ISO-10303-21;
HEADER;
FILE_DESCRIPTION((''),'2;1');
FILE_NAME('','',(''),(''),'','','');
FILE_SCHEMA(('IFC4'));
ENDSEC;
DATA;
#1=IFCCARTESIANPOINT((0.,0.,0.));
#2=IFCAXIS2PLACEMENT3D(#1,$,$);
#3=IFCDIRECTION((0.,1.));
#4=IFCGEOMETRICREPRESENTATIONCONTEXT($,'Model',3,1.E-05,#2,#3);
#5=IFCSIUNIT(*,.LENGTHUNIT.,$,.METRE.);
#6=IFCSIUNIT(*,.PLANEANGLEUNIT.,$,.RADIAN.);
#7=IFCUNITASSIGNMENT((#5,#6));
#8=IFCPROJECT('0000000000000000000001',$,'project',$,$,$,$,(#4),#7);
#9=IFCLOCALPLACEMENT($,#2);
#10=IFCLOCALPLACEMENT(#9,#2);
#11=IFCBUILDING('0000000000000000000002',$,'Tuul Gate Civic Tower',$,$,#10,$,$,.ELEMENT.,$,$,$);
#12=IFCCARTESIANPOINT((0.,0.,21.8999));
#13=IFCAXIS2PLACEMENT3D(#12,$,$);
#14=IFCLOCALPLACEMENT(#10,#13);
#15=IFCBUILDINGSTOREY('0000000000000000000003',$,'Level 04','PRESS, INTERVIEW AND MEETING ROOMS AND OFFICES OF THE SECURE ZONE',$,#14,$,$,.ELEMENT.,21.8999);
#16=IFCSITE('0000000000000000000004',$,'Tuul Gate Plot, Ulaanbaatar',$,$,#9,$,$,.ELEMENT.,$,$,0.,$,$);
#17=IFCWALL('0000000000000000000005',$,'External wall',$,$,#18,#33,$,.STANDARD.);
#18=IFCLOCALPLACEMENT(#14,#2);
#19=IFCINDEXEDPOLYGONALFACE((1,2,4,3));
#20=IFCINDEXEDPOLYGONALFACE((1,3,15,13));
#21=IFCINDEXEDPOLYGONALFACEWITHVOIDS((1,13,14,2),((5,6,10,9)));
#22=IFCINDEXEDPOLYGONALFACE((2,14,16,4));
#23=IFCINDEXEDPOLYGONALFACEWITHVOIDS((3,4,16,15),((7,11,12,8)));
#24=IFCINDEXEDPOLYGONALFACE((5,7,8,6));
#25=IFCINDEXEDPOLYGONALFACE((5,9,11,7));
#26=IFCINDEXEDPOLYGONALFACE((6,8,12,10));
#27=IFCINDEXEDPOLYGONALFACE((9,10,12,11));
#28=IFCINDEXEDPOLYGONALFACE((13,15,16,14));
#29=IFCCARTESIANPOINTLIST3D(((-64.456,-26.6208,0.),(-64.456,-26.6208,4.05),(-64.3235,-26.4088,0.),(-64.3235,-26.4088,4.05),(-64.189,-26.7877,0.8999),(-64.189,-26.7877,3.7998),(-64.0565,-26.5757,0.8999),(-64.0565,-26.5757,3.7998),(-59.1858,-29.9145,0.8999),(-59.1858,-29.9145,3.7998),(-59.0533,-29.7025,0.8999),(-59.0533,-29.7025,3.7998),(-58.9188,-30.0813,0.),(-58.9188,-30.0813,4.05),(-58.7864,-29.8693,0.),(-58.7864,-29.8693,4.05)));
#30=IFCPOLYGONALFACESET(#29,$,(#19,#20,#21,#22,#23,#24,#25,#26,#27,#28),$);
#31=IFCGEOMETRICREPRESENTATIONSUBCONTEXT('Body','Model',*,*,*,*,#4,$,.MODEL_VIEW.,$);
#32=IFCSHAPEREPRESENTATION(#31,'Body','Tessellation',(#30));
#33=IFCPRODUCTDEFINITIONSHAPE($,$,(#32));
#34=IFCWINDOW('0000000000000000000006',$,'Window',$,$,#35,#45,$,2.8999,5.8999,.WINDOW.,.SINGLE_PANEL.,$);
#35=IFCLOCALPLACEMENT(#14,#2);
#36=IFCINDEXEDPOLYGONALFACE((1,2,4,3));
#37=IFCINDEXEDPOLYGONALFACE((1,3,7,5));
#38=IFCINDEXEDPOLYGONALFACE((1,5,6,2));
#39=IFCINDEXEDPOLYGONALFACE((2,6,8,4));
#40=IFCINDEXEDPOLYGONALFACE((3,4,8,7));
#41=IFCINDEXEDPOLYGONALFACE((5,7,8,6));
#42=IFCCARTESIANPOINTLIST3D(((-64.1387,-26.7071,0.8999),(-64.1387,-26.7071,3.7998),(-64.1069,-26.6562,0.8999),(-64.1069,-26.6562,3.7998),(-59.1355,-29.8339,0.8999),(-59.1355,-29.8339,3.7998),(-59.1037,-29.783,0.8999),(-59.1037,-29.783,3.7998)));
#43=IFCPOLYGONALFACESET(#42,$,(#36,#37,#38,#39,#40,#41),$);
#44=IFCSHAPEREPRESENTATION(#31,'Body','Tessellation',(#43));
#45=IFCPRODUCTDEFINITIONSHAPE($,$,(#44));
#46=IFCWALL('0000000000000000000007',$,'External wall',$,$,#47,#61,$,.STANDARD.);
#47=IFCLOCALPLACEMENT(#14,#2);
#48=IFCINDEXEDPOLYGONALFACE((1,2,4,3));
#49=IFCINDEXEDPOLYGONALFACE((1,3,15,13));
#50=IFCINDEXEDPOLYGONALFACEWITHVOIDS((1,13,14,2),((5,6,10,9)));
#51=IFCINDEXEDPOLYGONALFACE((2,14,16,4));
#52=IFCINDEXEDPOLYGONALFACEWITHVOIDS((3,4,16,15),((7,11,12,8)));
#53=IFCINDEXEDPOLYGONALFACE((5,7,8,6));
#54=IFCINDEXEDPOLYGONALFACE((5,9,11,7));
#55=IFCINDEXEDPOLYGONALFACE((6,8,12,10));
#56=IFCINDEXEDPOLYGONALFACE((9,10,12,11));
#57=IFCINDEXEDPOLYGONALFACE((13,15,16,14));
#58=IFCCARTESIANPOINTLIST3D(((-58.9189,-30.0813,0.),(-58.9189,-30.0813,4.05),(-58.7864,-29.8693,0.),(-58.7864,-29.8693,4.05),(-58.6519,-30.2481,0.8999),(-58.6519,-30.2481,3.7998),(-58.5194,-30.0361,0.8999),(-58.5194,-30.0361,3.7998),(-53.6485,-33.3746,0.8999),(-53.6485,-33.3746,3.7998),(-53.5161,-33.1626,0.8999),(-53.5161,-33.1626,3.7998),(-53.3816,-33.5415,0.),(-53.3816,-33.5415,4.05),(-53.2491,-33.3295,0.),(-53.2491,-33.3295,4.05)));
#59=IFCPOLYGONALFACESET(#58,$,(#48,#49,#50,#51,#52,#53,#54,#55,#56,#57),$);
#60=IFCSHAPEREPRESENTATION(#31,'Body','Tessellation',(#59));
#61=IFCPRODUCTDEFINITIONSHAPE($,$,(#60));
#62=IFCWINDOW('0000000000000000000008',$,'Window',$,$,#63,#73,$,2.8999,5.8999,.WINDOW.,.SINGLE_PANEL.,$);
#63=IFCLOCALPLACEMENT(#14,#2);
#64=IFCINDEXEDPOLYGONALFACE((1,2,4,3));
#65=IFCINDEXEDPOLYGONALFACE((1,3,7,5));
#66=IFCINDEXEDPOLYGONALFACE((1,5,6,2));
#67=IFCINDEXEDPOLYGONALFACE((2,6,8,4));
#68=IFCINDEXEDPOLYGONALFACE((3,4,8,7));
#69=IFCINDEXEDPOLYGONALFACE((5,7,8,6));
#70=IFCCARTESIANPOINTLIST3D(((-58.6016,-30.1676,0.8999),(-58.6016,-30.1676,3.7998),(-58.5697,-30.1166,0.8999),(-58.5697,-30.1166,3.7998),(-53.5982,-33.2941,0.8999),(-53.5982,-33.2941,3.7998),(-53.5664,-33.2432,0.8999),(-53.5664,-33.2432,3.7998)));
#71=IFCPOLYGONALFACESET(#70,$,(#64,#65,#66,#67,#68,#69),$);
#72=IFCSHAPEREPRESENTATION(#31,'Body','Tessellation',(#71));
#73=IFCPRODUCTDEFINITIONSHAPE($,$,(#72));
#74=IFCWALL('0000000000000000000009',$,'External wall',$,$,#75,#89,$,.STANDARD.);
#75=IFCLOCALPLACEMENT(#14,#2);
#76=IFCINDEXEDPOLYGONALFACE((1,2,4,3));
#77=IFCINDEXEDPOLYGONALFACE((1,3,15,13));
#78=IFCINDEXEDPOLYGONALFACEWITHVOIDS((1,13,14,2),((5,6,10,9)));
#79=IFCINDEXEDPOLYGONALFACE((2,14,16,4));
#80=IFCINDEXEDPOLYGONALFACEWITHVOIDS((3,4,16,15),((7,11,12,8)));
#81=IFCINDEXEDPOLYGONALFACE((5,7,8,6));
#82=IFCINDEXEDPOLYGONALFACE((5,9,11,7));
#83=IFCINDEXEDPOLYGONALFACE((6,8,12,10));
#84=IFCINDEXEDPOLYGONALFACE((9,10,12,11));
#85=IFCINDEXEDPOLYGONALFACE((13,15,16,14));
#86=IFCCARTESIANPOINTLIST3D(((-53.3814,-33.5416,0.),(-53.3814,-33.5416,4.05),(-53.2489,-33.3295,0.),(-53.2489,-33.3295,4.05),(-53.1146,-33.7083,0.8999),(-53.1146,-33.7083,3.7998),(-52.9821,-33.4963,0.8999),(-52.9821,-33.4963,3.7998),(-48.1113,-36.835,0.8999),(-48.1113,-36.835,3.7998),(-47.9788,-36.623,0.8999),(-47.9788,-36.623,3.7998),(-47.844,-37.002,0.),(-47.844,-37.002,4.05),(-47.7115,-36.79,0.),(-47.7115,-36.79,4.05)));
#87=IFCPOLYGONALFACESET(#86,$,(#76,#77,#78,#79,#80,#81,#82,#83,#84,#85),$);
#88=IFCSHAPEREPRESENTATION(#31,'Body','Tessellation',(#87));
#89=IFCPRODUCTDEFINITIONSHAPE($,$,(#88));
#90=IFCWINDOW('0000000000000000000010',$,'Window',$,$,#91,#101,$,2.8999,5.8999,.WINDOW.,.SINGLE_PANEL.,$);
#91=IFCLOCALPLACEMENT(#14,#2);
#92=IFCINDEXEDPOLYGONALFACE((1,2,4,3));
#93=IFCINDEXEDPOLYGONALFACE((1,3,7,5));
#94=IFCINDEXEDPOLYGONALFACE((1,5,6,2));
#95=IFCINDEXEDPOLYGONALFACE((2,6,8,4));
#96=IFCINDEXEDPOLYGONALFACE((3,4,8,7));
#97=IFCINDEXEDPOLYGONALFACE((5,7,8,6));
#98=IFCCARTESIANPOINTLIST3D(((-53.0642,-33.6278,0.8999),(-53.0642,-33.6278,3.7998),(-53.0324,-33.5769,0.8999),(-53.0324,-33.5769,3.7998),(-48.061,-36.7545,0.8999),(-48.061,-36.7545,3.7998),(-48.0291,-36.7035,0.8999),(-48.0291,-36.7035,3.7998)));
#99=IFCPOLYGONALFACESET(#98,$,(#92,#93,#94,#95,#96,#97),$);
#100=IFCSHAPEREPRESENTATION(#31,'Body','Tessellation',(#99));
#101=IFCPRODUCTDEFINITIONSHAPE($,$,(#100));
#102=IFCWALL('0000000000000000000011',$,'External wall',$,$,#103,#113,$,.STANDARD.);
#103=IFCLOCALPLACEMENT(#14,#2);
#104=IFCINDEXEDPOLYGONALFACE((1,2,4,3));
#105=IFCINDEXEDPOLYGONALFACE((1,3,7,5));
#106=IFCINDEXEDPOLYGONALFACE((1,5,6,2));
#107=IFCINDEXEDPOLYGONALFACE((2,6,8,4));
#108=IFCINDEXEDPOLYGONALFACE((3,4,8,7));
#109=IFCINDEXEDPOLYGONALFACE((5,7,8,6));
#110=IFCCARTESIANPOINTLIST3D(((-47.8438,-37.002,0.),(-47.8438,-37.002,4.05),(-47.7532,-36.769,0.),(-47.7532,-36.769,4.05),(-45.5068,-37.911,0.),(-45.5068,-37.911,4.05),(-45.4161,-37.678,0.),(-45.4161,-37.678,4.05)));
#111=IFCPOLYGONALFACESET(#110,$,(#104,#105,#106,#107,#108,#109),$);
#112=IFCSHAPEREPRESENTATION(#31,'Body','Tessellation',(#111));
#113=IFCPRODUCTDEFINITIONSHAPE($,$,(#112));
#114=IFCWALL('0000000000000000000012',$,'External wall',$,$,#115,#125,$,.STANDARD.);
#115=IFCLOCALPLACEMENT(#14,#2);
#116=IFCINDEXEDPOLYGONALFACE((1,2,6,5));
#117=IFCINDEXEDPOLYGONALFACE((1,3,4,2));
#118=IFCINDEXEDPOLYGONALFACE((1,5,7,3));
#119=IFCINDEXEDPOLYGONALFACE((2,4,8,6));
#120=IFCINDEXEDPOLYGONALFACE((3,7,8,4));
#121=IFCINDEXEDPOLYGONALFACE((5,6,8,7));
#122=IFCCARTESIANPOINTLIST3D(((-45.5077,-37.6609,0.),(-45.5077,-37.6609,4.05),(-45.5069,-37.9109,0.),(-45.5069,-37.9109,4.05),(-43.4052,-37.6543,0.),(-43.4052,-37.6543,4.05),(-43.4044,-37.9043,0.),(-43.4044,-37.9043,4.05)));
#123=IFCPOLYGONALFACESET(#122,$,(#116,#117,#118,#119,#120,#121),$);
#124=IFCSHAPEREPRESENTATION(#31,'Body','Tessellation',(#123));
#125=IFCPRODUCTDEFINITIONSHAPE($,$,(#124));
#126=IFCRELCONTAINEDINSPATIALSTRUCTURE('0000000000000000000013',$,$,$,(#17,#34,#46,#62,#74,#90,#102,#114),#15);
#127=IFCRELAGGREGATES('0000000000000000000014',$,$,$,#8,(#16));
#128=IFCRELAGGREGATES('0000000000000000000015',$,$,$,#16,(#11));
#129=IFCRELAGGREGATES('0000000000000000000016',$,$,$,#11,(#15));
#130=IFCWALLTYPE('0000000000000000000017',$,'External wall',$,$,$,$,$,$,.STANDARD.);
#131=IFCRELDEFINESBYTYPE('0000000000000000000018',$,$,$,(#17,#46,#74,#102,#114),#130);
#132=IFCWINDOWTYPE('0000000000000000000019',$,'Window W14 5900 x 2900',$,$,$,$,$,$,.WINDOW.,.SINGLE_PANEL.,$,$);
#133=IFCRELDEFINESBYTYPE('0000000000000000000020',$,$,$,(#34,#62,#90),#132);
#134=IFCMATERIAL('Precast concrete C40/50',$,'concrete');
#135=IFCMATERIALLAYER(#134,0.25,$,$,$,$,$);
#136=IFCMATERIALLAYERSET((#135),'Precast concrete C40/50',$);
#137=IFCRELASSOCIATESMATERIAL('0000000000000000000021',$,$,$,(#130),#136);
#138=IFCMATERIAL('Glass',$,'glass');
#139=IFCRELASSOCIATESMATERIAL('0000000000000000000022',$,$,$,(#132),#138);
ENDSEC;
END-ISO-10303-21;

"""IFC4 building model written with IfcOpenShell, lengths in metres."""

from ifc_helpers import new_model, si_unit, direction, frame, frame_2d, origin, place, context, subcontext, project, spatial, rectangle, extrude, material, layer, layer_set, type_object, element, fill, save


model = new_model("IFC4")

# Units and contexts
model_context = context("Model", 3, precision=1e-05, world=origin(), true_north=direction((0.0, 1.0)))
body_context = subcontext(model_context, "Body", "Model", "MODEL_VIEW")
ifc_project = project(units=[si_unit("LENGTHUNIT", "METRE"), si_unit("PLANEANGLEUNIT", "RADIAN")], contexts=[model_context])

# Site, building, storey
site_placement = place(None, origin())
site = spatial("IfcSite", under=ifc_project, at=site_placement, Name="Tuul Gate Plot, Ulaanbaatar", CompositionType="ELEMENT", RefElevation=0.0)
building_placement = place(site_placement, origin())
building = spatial("IfcBuilding", under=site, at=building_placement, Name="Tuul Gate Civic Tower", CompositionType="ELEMENT")
storey_placement = place(building_placement, frame((0.0, 0.0, 21.8999)))
storey = spatial("IfcBuildingStorey", under=building, at=storey_placement, Name="Level 04", Description="PRESS, INTERVIEW AND MEETING ROOMS AND OFFICES OF THE SECURE ZONE", CompositionType="ELEMENT", Elevation=21.8999)

# Walls, openings, windows
ifc_material_1 = material(Name="Precast concrete C40/50", Category="concrete")
ifc_layer = layer(ifc_material_1, 0.25)
ifc_layer_set = layer_set([ifc_layer], Name="Precast concrete C40/50")
wall_type = type_object("IfcWallType", Name="External wall", PredefinedType="STANDARD", material=ifc_layer_set)
wall_1_placement = place(storey_placement, frame((-64.3896, -26.5149, 0.0), z_axis=(0.0, 0.0, 1.0), x_axis=(0.848015, -0.529972, 0.0)))
wall_1 = element("IfcWall", 1, at=wall_1_placement, inside=storey, type_object=wall_type, Name="External wall", PredefinedType="STANDARD", context=body_context, shape_type="SweptSolid", body=[
    extrude(rectangle(XDim=6.5295, YDim=0.25, at=frame_2d((3.2646, 0.0))), origin(), (0.0, 0.0, 1.0), 4.05),
])
opening_1_placement = place(wall_1_placement, frame((0.3147, 0.0, 0.8999)))
opening_1 = element("IfcOpeningElement", 2, at=opening_1_placement, cuts=wall_1, PredefinedType="OPENING", context=body_context, shape_type="SweptSolid", body=[
    extrude(rectangle(XDim=5.8999, YDim=2.8999, at=frame_2d((2.95, 1.45))), frame((0.0, 0.135, 0.0), z_axis=(0.0, -1.0, 0.0), x_axis=(1.0, 0.0, 0.0)), (0.0, 0.0, 1.0), 0.27),
])
ifc_material_2 = material(Name="Glass", Category="glass")
window_type_1 = type_object("IfcWindowType", Name="Window W14 5900 x 2900", PartitioningType="SINGLE_PANEL", PredefinedType="WINDOW", material=ifc_material_2)
window_1_placement = place(opening_1_placement, origin())
window_1 = element("IfcWindow", 3, at=window_1_placement, inside=storey, type_object=window_type_1, Name="Window", OverallHeight=2.8999, OverallWidth=5.8999, PartitioningType="SINGLE_PANEL", PredefinedType="WINDOW", context=body_context, shape_type="SweptSolid", body=[
    extrude(rectangle(XDim=5.8999, YDim=2.8999, at=frame_2d((2.95, 1.45))), frame((0.0, 0.03, 0.0), z_axis=(0.0, -1.0, 0.0), x_axis=(1.0, 0.0, 0.0)), (0.0, 0.0, 1.0), 0.0601),
])
fill(opening_1, window_1)
wall_2_placement = place(storey_placement, frame((-58.8525, -29.9753, 0.0), z_axis=(0.0, 0.0, 1.0), x_axis=(0.848042, -0.529928, 0.0)))
wall_2 = element("IfcWall", 4, at=wall_2_placement, inside=storey, type_object=wall_type, Name="External wall", PredefinedType="STANDARD", context=body_context, shape_type="SweptSolid", body=[
    extrude(rectangle(XDim=6.5295, YDim=0.25, at=frame_2d((3.2646, 0.0))), origin(), (0.0, 0.0, 1.0), 4.05),
])
opening_2_placement = place(wall_2_placement, frame((0.3147, 0.0, 0.8999)))
opening_2 = element("IfcOpeningElement", 5, at=opening_2_placement, cuts=wall_2, PredefinedType="OPENING", context=body_context, shape_type="SweptSolid", body=[
    extrude(rectangle(XDim=5.8999, YDim=2.8999, at=frame_2d((2.95, 1.45))), frame((0.0, 0.135, 0.0), z_axis=(0.0, -1.0, 0.0), x_axis=(1.0, 0.0, 0.0)), (0.0, 0.0, 1.0), 0.27),
])
window_2_placement = place(opening_2_placement, origin())
window_2 = element("IfcWindow", 6, at=window_2_placement, inside=storey, type_object=window_type_1, Name="Window", OverallHeight=2.8999, OverallWidth=5.8999, PartitioningType="SINGLE_PANEL", PredefinedType="WINDOW", context=body_context, shape_type="SweptSolid", body=[
    extrude(rectangle(XDim=5.8999, YDim=2.8999, at=frame_2d((2.95, 1.45))), frame((0.0, 0.03, 0.0), z_axis=(0.0, -1.0, 0.0), x_axis=(1.0, 0.0, 0.0)), (0.0, 0.0, 1.0), 0.0601),
])
fill(opening_2, window_2)
wall_3_placement = place(storey_placement, frame((-53.3152, -33.4355, 0.0), z_axis=(0.0, 0.0, 1.0), x_axis=(0.848026, -0.529955, 0.0)))
wall_3 = element("IfcWall", 7, at=wall_3_placement, inside=storey, type_object=wall_type, Name="External wall", PredefinedType="STANDARD", context=body_context, shape_type="SweptSolid", body=[
    extrude(rectangle(XDim=6.5298, YDim=0.25, at=frame_2d((3.2649, 0.0))), origin(), (0.0, 0.0, 1.0), 4.05),
])
opening_3_placement = place(wall_3_placement, frame((0.3147, 0.0, 0.8999)))
opening_3 = element("IfcOpeningElement", 8, at=opening_3_placement, cuts=wall_3, PredefinedType="OPENING", context=body_context, shape_type="SweptSolid", body=[
    extrude(rectangle(XDim=5.8999, YDim=2.8999, at=frame_2d((2.95, 1.45))), frame((0.0, 0.135, 0.0), z_axis=(0.0, -1.0, 0.0), x_axis=(1.0, 0.0, 0.0)), (0.0, 0.0, 1.0), 0.27),
])
window_3_placement = place(opening_3_placement, origin())
window_3 = element("IfcWindow", 9, at=window_3_placement, inside=storey, type_object=window_type_1, Name="Window", OverallHeight=2.8999, OverallWidth=5.8999, PartitioningType="SINGLE_PANEL", PredefinedType="WINDOW", context=body_context, shape_type="SweptSolid", body=[
    extrude(rectangle(XDim=5.8999, YDim=2.8999, at=frame_2d((2.95, 1.45))), frame((0.0, 0.03, 0.0), z_axis=(0.0, -1.0, 0.0), x_axis=(1.0, 0.0, 0.0)), (0.0, 0.0, 1.0), 0.0601),
])
fill(opening_3, window_3)

# Walls
wall_4_placement = place(storey_placement, frame((-47.7986, -36.8855, 0.0), z_axis=(0.0, 0.0, 1.0), x_axis=(0.931986, -0.362493, 0.0)))
element("IfcWall", 10, at=wall_4_placement, inside=storey, type_object=wall_type, Name="External wall", PredefinedType="STANDARD", context=body_context, shape_type="SweptSolid", body=[
    extrude(rectangle(XDim=2.5076, YDim=0.25, at=frame_2d((1.2539, 0.0))), origin(), (0.0, 0.0, 1.0), 4.05),
])
wall_5_placement = place(storey_placement, frame((-45.5073, -37.7859, 0.0), z_axis=(0.0, 0.0, 1.0), x_axis=(0.999995, 0.003135, 0.0)))
element("IfcWall", 11, at=wall_5_placement, inside=storey, type_object=wall_type, Name="External wall", PredefinedType="STANDARD", context=body_context, shape_type="SweptSolid", body=[
    extrude(rectangle(XDim=2.1025, YDim=0.25, at=frame_2d((1.0513, 0.0))), origin(), (0.0, 0.0, 1.0), 4.05),
])

save(model, "model.ifc")
